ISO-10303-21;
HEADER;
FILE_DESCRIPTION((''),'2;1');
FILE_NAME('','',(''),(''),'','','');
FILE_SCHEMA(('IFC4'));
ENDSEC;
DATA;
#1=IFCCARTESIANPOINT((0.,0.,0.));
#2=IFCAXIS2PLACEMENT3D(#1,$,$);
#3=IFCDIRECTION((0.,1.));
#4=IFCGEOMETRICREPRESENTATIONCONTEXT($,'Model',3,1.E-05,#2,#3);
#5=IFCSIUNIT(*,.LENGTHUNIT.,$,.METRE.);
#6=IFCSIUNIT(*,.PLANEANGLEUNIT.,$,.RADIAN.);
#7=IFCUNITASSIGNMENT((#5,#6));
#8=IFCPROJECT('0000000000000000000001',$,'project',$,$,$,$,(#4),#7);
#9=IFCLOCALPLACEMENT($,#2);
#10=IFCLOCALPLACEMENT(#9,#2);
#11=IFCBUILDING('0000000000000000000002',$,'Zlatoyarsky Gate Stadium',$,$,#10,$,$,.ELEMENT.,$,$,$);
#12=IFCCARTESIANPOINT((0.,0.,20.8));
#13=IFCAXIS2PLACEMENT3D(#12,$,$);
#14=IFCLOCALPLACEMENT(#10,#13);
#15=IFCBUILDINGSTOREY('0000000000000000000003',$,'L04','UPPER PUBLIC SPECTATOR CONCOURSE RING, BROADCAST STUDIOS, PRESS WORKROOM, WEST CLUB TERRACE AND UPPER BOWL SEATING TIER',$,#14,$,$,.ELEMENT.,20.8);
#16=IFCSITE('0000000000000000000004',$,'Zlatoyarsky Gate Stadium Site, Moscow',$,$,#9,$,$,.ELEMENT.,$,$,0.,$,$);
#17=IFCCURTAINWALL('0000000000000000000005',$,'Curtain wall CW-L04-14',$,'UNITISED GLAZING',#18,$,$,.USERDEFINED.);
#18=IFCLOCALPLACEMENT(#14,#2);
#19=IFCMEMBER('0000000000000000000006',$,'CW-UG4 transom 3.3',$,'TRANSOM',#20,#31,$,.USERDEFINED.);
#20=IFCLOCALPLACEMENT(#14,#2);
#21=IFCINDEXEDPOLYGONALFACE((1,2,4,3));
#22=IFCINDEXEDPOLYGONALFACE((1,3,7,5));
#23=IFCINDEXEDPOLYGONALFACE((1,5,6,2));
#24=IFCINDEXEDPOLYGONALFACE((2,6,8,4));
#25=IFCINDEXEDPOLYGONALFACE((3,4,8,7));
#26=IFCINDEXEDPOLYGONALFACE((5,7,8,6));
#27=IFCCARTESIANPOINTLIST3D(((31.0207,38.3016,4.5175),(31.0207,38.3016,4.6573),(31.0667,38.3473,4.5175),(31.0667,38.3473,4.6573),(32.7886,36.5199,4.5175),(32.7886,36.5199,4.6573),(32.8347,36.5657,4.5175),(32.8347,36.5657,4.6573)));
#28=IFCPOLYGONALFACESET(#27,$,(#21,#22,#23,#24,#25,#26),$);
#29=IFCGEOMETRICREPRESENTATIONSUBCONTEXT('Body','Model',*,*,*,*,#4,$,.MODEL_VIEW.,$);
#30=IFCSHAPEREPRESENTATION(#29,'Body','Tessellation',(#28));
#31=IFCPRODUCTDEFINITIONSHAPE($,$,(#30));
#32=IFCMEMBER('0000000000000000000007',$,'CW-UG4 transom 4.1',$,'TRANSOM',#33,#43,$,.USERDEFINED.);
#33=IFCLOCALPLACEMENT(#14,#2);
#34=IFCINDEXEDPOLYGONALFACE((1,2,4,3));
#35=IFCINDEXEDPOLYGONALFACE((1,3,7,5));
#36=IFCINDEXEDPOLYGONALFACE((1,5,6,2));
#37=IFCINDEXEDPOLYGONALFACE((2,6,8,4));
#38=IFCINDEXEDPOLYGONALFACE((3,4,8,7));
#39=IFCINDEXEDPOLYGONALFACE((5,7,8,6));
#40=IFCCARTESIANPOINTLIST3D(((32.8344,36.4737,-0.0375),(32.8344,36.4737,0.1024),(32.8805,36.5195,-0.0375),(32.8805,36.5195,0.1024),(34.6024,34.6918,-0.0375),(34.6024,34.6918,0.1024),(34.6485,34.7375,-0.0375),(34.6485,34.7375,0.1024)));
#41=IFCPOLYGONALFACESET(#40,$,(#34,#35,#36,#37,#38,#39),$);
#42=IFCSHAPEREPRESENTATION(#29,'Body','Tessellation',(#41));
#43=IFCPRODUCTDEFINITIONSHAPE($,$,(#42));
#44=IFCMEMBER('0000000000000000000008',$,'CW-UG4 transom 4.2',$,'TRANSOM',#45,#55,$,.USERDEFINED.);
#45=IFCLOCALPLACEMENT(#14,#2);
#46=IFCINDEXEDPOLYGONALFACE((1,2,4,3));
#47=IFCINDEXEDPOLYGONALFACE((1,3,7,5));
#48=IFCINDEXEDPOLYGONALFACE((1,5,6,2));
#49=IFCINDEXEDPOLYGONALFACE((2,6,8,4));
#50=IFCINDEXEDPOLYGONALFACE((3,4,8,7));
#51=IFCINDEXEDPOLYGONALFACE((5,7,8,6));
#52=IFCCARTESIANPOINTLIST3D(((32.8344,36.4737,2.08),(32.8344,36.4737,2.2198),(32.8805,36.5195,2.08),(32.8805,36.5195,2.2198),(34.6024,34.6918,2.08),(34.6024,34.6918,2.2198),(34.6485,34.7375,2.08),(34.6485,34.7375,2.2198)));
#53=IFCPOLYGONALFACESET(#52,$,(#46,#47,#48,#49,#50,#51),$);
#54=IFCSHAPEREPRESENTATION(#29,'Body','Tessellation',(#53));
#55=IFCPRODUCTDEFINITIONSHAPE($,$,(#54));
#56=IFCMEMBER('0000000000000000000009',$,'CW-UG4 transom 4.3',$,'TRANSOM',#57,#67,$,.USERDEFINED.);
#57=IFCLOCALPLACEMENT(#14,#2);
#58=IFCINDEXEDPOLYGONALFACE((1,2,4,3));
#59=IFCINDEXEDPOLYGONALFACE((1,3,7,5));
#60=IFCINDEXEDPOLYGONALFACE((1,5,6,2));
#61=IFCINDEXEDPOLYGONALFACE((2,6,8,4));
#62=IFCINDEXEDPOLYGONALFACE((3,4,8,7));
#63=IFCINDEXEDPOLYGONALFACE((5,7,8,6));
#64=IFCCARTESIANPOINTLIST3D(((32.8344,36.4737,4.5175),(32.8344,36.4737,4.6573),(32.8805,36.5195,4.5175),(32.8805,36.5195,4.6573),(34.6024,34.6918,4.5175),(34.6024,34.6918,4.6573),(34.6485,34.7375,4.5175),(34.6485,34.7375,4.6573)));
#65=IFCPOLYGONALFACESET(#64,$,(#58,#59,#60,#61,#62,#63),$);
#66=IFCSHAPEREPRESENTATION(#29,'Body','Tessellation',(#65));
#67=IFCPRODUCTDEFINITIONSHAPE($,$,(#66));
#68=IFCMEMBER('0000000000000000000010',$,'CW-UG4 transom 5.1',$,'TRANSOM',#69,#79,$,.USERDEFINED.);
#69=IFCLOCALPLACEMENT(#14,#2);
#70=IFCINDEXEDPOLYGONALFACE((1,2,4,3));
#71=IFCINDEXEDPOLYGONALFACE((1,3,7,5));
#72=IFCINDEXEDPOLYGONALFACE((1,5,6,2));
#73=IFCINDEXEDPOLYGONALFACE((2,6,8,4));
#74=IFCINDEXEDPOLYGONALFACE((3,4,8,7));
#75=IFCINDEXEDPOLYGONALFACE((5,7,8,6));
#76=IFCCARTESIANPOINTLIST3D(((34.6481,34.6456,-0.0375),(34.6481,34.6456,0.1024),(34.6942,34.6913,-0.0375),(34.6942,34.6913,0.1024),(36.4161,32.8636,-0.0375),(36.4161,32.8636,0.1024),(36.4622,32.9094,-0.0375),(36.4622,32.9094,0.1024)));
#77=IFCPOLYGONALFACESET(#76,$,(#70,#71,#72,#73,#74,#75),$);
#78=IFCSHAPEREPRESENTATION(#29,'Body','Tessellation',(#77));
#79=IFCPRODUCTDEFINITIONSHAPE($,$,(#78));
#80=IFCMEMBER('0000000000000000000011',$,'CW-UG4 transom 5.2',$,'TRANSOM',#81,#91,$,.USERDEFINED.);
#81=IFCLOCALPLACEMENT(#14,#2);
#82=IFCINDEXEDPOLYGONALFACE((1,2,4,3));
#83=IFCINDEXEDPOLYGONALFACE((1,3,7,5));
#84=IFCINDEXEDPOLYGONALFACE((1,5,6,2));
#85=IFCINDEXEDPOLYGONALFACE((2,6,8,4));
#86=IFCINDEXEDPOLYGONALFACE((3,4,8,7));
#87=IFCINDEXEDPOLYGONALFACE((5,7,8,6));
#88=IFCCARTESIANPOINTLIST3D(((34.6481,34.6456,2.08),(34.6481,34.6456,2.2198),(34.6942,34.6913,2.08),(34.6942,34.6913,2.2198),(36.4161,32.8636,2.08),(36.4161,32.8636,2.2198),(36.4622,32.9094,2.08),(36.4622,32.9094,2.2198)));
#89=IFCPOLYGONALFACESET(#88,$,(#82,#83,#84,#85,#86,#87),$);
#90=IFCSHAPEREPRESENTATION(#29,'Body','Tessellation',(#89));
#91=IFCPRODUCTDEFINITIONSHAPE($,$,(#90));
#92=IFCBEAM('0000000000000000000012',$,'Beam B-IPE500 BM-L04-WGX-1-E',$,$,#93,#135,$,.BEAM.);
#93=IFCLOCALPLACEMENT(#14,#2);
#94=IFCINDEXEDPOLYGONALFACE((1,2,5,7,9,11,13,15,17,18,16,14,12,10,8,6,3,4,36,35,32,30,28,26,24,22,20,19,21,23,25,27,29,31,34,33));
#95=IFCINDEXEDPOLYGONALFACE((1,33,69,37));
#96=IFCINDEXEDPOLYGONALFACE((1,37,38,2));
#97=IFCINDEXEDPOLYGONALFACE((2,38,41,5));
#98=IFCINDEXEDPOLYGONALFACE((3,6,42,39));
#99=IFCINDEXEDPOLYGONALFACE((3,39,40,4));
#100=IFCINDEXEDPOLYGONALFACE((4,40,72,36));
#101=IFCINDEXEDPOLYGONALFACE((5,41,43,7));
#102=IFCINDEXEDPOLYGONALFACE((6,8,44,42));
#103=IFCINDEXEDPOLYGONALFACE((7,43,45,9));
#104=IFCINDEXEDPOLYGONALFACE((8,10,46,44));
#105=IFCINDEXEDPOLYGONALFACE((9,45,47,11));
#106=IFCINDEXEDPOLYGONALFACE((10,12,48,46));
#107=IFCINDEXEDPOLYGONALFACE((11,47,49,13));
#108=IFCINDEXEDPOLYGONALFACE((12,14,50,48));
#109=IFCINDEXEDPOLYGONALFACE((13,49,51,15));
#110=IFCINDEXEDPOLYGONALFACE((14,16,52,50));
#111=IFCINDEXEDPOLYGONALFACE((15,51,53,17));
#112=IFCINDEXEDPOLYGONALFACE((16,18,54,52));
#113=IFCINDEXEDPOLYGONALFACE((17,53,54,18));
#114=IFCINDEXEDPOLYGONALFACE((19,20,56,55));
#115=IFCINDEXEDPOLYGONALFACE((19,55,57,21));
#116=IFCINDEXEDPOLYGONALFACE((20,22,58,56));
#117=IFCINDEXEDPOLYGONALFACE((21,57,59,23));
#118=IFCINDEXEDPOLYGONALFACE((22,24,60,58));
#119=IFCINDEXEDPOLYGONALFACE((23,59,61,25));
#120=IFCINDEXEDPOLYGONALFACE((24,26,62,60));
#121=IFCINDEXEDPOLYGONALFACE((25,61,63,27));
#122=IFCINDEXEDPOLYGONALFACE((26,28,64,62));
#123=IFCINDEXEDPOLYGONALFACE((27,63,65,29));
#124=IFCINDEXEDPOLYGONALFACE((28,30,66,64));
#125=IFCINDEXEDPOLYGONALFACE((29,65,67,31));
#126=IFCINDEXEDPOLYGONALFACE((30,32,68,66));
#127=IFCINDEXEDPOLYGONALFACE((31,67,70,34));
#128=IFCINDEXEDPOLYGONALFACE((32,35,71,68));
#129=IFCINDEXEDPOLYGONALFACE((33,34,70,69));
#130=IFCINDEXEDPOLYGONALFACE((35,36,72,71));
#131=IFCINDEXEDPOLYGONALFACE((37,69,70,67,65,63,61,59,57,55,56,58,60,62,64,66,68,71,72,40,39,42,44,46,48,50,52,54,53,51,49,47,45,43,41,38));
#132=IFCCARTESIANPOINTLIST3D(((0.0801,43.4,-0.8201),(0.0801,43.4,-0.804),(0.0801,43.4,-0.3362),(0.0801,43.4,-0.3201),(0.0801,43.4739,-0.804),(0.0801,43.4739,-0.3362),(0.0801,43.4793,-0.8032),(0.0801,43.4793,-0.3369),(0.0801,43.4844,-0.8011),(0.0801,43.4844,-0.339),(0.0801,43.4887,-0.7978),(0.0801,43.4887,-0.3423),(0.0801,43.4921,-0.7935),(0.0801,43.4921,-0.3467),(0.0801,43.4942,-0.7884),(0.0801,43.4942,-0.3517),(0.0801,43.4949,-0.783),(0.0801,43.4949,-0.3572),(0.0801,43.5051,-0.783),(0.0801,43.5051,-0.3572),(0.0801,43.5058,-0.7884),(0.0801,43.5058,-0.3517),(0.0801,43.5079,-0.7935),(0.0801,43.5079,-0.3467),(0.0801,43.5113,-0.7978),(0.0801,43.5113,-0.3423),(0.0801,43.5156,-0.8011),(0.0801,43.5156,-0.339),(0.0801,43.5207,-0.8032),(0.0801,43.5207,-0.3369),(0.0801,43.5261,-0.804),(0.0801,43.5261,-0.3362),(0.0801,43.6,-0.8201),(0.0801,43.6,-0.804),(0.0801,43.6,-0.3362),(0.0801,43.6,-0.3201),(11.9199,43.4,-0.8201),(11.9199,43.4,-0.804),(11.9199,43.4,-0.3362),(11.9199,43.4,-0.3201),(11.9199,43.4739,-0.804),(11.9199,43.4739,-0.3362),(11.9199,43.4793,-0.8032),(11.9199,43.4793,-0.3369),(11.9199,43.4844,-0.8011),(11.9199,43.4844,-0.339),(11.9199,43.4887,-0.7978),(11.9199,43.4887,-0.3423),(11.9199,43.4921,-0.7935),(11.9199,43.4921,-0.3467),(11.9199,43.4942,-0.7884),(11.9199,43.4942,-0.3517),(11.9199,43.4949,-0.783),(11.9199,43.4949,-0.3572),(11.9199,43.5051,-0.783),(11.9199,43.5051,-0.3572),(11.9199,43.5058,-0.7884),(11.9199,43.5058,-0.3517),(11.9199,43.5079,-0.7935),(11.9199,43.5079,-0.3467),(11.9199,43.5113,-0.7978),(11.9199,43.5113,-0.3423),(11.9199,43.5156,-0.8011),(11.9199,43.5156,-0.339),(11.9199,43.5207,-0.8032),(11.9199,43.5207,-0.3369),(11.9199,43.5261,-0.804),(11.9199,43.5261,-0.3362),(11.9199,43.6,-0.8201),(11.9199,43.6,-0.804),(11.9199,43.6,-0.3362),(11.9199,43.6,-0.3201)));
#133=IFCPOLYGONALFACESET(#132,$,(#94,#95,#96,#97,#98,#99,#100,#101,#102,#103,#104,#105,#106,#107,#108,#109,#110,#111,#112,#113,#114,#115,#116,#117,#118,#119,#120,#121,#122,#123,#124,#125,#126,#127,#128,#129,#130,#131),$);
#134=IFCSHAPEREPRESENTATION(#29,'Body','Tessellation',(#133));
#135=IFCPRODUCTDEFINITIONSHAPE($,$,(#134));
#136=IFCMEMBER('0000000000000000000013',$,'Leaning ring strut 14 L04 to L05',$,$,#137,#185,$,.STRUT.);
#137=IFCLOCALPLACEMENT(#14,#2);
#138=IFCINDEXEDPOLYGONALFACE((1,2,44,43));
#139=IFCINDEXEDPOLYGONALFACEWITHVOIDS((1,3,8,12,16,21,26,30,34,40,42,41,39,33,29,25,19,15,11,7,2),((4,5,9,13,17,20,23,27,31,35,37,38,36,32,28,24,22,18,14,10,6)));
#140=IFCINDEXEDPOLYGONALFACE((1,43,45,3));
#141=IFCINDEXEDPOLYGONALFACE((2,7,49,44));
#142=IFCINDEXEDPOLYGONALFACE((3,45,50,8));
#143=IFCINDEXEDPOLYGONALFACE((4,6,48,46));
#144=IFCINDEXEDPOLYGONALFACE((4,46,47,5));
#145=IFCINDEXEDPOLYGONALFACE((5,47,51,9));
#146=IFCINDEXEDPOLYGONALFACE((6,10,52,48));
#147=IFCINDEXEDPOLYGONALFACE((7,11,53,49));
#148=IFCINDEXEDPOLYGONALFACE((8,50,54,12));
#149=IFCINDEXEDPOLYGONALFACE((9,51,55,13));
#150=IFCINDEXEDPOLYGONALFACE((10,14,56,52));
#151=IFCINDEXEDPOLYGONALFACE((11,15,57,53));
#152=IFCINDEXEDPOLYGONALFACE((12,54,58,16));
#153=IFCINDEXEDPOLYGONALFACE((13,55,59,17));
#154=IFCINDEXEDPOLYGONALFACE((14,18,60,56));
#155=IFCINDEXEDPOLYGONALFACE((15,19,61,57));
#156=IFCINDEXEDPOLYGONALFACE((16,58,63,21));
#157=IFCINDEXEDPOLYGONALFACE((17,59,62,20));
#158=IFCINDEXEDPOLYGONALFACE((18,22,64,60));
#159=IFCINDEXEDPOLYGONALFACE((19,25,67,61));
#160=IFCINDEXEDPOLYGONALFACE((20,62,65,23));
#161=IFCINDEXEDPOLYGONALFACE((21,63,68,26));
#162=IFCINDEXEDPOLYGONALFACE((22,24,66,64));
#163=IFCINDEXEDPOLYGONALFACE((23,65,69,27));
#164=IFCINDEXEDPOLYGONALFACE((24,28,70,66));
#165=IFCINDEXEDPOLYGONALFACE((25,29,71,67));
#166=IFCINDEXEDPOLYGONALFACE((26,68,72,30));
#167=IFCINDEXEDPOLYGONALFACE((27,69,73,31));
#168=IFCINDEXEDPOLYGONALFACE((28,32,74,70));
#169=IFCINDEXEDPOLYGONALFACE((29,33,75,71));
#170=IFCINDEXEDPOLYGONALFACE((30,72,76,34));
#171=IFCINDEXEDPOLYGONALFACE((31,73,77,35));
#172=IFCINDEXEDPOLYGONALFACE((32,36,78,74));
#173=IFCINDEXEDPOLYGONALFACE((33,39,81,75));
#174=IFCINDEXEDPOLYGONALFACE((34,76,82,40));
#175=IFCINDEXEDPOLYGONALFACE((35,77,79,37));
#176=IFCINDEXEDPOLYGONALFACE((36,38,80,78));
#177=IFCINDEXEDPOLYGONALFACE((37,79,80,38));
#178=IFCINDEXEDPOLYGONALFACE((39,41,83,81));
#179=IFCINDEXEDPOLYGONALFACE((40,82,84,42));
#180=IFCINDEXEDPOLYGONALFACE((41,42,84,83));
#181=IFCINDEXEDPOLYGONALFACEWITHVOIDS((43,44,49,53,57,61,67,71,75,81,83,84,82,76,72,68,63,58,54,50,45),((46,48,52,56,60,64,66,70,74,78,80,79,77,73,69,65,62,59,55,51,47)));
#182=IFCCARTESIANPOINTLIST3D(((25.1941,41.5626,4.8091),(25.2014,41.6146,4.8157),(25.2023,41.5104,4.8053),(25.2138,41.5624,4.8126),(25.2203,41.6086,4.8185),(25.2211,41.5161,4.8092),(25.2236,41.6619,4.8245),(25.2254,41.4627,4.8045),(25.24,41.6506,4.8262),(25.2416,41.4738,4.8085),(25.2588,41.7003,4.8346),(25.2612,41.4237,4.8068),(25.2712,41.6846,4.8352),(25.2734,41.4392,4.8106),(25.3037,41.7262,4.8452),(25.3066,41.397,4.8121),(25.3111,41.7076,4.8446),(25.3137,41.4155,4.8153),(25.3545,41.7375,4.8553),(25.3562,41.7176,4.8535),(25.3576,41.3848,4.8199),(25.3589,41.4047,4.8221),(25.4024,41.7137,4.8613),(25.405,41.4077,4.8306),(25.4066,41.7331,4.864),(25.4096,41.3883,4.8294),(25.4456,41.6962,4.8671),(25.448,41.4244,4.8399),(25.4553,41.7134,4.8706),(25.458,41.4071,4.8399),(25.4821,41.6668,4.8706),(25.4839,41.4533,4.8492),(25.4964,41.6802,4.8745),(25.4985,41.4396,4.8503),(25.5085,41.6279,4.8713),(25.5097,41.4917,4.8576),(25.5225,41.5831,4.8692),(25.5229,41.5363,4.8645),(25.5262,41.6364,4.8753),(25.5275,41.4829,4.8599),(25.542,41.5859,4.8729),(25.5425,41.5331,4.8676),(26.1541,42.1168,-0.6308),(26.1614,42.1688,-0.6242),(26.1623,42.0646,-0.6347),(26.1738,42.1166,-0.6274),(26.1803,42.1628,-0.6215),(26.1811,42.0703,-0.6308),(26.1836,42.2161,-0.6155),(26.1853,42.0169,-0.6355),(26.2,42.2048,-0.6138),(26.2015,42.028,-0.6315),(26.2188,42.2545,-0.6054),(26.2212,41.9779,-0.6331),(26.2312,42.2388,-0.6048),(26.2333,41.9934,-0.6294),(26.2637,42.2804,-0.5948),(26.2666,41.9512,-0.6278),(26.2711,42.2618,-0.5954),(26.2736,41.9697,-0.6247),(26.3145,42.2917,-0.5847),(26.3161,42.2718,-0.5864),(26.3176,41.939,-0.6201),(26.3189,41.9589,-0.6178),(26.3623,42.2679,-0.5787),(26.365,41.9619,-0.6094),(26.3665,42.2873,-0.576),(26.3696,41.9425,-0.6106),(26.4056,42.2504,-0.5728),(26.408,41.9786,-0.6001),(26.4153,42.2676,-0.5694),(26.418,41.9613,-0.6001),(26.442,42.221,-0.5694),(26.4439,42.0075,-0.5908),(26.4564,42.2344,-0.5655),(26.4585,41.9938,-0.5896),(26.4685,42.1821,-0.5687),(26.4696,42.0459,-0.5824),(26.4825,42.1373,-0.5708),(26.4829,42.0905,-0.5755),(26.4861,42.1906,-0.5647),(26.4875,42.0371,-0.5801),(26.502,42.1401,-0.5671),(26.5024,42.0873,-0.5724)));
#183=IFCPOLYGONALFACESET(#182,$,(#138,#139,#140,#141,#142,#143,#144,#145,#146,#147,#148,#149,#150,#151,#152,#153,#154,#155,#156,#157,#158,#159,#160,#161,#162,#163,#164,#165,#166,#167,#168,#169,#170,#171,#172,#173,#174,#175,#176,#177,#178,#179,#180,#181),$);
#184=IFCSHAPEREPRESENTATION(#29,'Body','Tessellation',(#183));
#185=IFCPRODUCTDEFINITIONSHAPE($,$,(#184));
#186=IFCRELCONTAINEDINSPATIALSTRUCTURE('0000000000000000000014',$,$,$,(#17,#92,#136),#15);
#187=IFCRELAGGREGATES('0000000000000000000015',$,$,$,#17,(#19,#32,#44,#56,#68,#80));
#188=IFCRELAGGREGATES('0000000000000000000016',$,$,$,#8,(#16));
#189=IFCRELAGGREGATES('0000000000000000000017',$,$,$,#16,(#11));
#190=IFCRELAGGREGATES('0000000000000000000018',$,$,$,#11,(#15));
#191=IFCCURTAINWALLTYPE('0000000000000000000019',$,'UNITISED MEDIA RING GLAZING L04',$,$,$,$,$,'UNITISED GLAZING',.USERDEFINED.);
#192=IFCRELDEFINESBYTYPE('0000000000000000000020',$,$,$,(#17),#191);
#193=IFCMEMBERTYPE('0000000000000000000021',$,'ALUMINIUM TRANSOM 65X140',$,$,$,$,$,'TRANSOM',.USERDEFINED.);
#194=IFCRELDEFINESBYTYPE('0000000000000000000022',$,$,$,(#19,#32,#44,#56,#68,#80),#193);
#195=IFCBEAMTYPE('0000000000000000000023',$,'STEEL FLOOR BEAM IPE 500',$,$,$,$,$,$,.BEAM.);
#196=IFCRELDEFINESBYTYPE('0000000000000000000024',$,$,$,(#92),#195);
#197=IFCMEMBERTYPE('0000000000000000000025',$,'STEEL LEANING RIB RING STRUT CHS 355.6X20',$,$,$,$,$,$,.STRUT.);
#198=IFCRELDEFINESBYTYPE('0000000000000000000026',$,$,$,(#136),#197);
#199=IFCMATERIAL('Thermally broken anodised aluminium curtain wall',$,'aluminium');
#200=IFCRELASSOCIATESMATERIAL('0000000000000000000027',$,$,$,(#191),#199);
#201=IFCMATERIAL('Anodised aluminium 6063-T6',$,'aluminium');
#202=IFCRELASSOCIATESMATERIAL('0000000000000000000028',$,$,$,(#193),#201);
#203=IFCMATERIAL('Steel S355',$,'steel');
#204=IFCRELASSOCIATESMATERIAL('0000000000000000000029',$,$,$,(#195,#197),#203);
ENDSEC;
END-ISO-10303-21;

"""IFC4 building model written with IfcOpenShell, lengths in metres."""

from ifc_helpers import new_model, si_unit, direction, frame, origin, origin_2d, place, context, subcontext, project, spatial, rectangle, hollow_circle, i_section, extrude, material, material_profile, profile_set, type_object, element, aggregate, save


model = new_model("IFC4")

# Units and contexts
model_context = context("Model", 3, precision=1e-05, world=origin(), true_north=direction((0.0, 1.0)))
body_context = subcontext(model_context, "Body", "Model", "MODEL_VIEW")
ifc_project = project(units=[si_unit("LENGTHUNIT", "METRE"), si_unit("PLANEANGLEUNIT", "RADIAN")], contexts=[model_context])

# Site, building, storey
site_placement = place(None, origin())
site = spatial("IfcSite", under=ifc_project, at=site_placement, Name="Zlatoyarsky Gate Stadium Site, Moscow", CompositionType="ELEMENT", RefElevation=0.0)
building_placement = place(site_placement, origin())
building = spatial("IfcBuilding", under=site, at=building_placement, Name="Zlatoyarsky Gate Stadium", CompositionType="ELEMENT")
storey_placement = place(building_placement, frame((0.0, 0.0, 20.8)))
storey = spatial("IfcBuildingStorey", under=building, at=storey_placement, Name="L04", Description="UPPER PUBLIC SPECTATOR CONCOURSE RING, BROADCAST STUDIOS, PRESS WORKROOM, WEST CLUB TERRACE AND UPPER BOWL SEATING TIER", CompositionType="ELEMENT", Elevation=20.8)

# Shared definitions
ifc_material_1 = material(Name="Thermally broken anodised aluminium curtain wall", Category="aluminium")
curtain_wall_type = type_object("IfcCurtainWallType", Name="UNITISED MEDIA RING GLAZING L04", ElementType="UNITISED GLAZING", PredefinedType="USERDEFINED", material=ifc_material_1)
ifc_material_2 = material(Name="Anodised aluminium 6063-T6", Category="aluminium")

# Curtain wall, members
curtain_wall_1_placement = place(storey_placement, origin())
curtain_wall_1 = element("IfcCurtainWall", 1, at=curtain_wall_1_placement, inside=storey, type_object=curtain_wall_type, Name="Curtain wall CW-L04-14", ObjectType="UNITISED GLAZING", PredefinedType="USERDEFINED")
ifc_material_profile_1 = material_profile(ifc_material_2, rectangle(XDim=0.0649, YDim=0.1399, at=origin_2d()), Name="ALU 65X140")
ifc_profile_set_1 = profile_set([ifc_material_profile_1], Name="Anodised aluminium 6063-T6")
member_type_1 = type_object("IfcMemberType", Name="ALUMINIUM TRANSOM 65X140", ElementType="TRANSOM", PredefinedType="USERDEFINED", material=ifc_profile_set_1)
member_1_placement = place(storey_placement, frame((31.0437, 38.3245, 4.5874), z_axis=(0.704378, -0.709825, 0.0), x_axis=(0.709825, 0.704378, 0.0)))
member_1 = element("IfcMember", 2, at=member_1_placement, type_object=member_type_1, Name="CW-UG4 transom 3.3", ObjectType="TRANSOM", PredefinedType="USERDEFINED", context=body_context, shape_type="SweptSolid", body=[
    extrude(rectangle(XDim=0.0649, YDim=0.1399, at=origin_2d()), origin(), (0.0, 0.0, 1.0), 2.51),
])
member_2_placement = place(storey_placement, frame((32.8574, 36.4966, 0.0325), z_axis=(0.70433, -0.709873, 0.0), x_axis=(0.709873, 0.70433, 0.0)))
member_2 = element("IfcMember", 3, at=member_2_placement, type_object=member_type_1, Name="CW-UG4 transom 4.1", ObjectType="TRANSOM", PredefinedType="USERDEFINED", context=body_context, shape_type="SweptSolid", body=[
    extrude(rectangle(XDim=0.0649, YDim=0.1399, at=origin_2d()), origin(), (0.0, 0.0, 1.0), 2.5103),
])
member_3_placement = place(storey_placement, frame((32.8574, 36.4966, 2.1499), z_axis=(0.70433, -0.709873, 0.0), x_axis=(0.709873, 0.70433, 0.0)))
member_3 = element("IfcMember", 4, at=member_3_placement, type_object=member_type_1, Name="CW-UG4 transom 4.2", ObjectType="TRANSOM", PredefinedType="USERDEFINED", context=body_context, shape_type="SweptSolid", body=[
    extrude(rectangle(XDim=0.0649, YDim=0.1399, at=origin_2d()), origin(), (0.0, 0.0, 1.0), 2.5103),
])
member_4_placement = place(storey_placement, frame((32.8574, 36.4966, 4.5874), z_axis=(0.70433, -0.709873, 0.0), x_axis=(0.709873, 0.70433, 0.0)))
member_4 = element("IfcMember", 5, at=member_4_placement, type_object=member_type_1, Name="CW-UG4 transom 4.3", ObjectType="TRANSOM", PredefinedType="USERDEFINED", context=body_context, shape_type="SweptSolid", body=[
    extrude(rectangle(XDim=0.0649, YDim=0.1399, at=origin_2d()), origin(), (0.0, 0.0, 1.0), 2.5103),
])
member_5_placement = place(storey_placement, frame((34.6711, 34.6685, 0.0325), z_axis=(0.70433, -0.709873, 0.0), x_axis=(0.709873, 0.70433, 0.0)))
member_5 = element("IfcMember", 6, at=member_5_placement, type_object=member_type_1, Name="CW-UG4 transom 5.1", ObjectType="TRANSOM", PredefinedType="USERDEFINED", context=body_context, shape_type="SweptSolid", body=[
    extrude(rectangle(XDim=0.0649, YDim=0.1399, at=origin_2d()), origin(), (0.0, 0.0, 1.0), 2.5103),
])
member_6_placement = place(storey_placement, frame((34.6711, 34.6685, 2.1499), z_axis=(0.70433, -0.709873, 0.0), x_axis=(0.709873, 0.70433, 0.0)))
member_6 = element("IfcMember", 7, at=member_6_placement, type_object=member_type_1, Name="CW-UG4 transom 5.2", ObjectType="TRANSOM", PredefinedType="USERDEFINED", context=body_context, shape_type="SweptSolid", body=[
    extrude(rectangle(XDim=0.0649, YDim=0.1399, at=origin_2d()), origin(), (0.0, 0.0, 1.0), 2.5103),
])

# Beam
ifc_material_3 = material(Name="Steel S355", Category="steel")
ifc_material_profile_2 = material_profile(ifc_material_3, i_section(OverallWidth=0.2, OverallDepth=0.5, WebThickness=0.0103, FlangeThickness=0.0161, FilletRadius=0.021, at=origin_2d()), Name="IPE 500")
ifc_profile_set_2 = profile_set([ifc_material_profile_2], Name="Steel S355")
beam_type_1 = type_object("IfcBeamType", Name="STEEL FLOOR BEAM IPE 500", PredefinedType="BEAM", material=ifc_profile_set_2)
beam_1_placement = place(storey_placement, frame((0.0801, 43.5, -0.5701), z_axis=(1.0, 0.0, 0.0), x_axis=(0.0, 1.0, 0.0)))
element("IfcBeam", 8, at=beam_1_placement, inside=storey, type_object=beam_type_1, Name="Beam B-IPE500 BM-L04-WGX-1-E", PredefinedType="BEAM", context=body_context, shape_type="SweptSolid", body=[
    extrude(i_section(OverallWidth=0.2, OverallDepth=0.5, WebThickness=0.0103, FlangeThickness=0.0161, FilletRadius=0.021, at=origin_2d()), origin(), (0.0, 0.0, 1.0), 11.8398),
])

# Member
ifc_material_profile_3 = material_profile(ifc_material_3, hollow_circle(Radius=0.1777, WallThickness=0.02, at=origin_2d()), Name="CHS 355.6X20")
ifc_profile_set_3 = profile_set([ifc_material_profile_3], Name="Steel S355")
member_type_2 = type_object("IfcMemberType", Name="STEEL LEANING RIB RING STRUT CHS 355.6X20", PredefinedType="STRUT", material=ifc_profile_set_3)
member_7_placement = place(storey_placement, frame((26.3291, 42.1152, -0.6001), z_axis=(-0.172912, -0.099825, 0.979865), x_axis=(0.499977, -0.866039, 0.0)))
element("IfcMember", 9, at=member_7_placement, inside=storey, type_object=member_type_2, Name="Leaning ring strut 14 L04 to L05", PredefinedType="STRUT", context=body_context, shape_type="SweptSolid", body=[
    extrude(hollow_circle(Radius=0.1777, WallThickness=0.02, at=origin_2d()), origin(), (0.0, 0.0, 1.0), 5.5518),
])

aggregate(curtain_wall_1, [member_1, member_2, member_3, member_4, member_5, member_6])

save(model, "model.ifc")
